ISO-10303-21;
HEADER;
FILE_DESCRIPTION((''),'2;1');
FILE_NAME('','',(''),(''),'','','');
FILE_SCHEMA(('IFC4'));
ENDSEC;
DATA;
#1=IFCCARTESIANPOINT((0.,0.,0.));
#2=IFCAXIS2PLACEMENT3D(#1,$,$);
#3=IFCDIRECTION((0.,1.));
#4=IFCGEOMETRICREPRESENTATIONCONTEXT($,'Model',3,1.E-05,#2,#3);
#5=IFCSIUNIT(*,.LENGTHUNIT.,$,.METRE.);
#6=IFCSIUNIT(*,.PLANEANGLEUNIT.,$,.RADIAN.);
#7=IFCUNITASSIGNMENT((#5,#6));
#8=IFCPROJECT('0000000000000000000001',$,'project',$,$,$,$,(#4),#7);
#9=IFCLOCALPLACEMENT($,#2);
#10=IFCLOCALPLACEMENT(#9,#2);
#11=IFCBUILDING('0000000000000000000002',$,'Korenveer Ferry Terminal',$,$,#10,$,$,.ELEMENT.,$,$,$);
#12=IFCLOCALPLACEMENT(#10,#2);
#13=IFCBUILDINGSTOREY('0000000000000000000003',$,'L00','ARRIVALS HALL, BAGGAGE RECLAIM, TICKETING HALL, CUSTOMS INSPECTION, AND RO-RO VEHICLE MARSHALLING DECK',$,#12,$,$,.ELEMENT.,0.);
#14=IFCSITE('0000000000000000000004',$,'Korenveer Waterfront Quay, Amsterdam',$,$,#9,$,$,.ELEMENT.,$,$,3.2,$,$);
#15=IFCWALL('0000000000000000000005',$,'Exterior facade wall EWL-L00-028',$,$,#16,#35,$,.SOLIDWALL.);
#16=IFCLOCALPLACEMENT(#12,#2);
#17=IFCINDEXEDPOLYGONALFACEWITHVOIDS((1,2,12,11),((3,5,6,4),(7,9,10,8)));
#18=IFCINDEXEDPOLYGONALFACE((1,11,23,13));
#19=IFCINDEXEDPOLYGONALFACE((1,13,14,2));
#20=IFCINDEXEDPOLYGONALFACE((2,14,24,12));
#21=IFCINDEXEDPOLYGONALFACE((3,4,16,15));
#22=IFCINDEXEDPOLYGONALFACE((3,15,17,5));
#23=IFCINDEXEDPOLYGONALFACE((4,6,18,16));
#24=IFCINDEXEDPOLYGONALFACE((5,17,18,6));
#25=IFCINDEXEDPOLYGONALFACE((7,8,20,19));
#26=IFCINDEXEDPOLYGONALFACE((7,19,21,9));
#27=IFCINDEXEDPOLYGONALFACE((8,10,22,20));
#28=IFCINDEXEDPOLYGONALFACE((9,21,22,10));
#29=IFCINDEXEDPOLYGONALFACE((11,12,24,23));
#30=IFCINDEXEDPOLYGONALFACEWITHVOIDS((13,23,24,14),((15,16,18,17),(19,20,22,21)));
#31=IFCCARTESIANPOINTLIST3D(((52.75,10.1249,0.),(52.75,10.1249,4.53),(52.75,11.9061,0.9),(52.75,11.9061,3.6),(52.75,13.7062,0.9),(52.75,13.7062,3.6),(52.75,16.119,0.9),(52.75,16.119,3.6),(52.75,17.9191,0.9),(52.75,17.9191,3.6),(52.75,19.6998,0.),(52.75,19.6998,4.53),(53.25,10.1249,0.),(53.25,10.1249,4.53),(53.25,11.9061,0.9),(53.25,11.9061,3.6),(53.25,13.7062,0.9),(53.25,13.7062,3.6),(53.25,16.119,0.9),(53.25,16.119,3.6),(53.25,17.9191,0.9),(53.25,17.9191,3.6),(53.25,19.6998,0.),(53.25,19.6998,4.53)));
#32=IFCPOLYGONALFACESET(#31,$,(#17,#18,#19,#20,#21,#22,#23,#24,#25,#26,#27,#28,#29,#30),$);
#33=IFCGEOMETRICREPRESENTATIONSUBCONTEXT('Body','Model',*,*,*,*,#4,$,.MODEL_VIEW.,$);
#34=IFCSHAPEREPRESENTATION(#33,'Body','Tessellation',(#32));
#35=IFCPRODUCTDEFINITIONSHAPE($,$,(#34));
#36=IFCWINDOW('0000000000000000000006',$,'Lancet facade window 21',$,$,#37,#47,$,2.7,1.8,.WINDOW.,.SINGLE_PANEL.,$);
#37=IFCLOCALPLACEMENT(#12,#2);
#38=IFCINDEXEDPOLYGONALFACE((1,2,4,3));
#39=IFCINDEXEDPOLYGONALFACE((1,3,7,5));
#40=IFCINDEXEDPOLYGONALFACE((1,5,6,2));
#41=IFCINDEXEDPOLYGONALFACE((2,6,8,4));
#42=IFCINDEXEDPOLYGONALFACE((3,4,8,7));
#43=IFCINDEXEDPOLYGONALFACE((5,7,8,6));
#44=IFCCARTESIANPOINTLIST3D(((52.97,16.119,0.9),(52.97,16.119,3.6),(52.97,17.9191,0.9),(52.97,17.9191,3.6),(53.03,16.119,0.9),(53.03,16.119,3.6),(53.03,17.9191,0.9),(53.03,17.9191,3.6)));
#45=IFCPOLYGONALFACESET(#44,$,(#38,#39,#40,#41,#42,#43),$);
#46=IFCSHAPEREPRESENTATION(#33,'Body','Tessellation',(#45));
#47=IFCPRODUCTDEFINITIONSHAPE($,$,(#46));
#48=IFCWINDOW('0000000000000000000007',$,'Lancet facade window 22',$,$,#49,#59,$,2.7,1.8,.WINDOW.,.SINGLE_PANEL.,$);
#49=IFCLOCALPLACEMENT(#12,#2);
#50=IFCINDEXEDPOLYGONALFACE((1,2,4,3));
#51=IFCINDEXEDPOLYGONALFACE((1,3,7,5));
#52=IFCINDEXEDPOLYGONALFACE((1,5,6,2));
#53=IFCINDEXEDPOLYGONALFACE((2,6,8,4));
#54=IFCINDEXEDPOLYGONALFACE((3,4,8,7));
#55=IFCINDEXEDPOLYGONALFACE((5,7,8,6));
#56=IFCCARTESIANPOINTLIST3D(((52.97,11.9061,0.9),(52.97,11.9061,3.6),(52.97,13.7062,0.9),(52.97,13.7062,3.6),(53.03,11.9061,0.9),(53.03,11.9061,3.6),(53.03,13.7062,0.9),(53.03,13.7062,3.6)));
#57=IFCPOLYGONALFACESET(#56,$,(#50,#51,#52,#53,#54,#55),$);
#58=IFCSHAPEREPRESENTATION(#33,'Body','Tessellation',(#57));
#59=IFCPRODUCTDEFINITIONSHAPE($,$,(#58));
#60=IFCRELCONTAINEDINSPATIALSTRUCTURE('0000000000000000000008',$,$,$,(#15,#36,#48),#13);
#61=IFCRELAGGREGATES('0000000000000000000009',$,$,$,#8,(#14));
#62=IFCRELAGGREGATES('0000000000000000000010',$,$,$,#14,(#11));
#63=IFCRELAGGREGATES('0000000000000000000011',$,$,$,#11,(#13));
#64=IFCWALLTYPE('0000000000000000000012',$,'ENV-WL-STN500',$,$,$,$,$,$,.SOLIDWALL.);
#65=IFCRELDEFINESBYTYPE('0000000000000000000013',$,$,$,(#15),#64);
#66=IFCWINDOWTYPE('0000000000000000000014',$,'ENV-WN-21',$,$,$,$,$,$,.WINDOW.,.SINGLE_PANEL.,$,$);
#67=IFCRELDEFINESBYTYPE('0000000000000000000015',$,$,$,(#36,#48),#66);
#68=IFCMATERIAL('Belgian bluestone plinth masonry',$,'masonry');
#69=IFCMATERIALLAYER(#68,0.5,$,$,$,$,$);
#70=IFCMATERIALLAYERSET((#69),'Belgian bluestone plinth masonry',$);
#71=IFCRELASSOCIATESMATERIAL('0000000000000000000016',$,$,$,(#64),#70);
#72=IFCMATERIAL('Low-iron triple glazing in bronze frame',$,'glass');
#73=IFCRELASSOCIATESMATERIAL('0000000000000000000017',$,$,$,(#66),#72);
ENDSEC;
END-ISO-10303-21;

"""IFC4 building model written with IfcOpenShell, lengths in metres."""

from ifc_helpers import new_model, si_unit, direction, frame, frame_2d, origin, place, context, subcontext, project, spatial, rectangle, extrude, material, layer, layer_set, type_object, element, fill, save


model = new_model("IFC4")

# Units and contexts
model_context = context("Model", 3, precision=1e-05, world=origin(), true_north=direction((0.0, 1.0)))
body_context = subcontext(model_context, "Body", "Model", "MODEL_VIEW")
ifc_project = project(units=[si_unit("LENGTHUNIT", "METRE"), si_unit("PLANEANGLEUNIT", "RADIAN")], contexts=[model_context])

# Site, building, storey
site_placement = place(None, origin())
site = spatial("IfcSite", under=ifc_project, at=site_placement, Name="Korenveer Waterfront Quay, Amsterdam", CompositionType="ELEMENT", RefElevation=3.2)
building_placement = place(site_placement, origin())
building = spatial("IfcBuilding", under=site, at=building_placement, Name="Korenveer Ferry Terminal", CompositionType="ELEMENT")
storey_placement = place(building_placement, origin())
storey = spatial("IfcBuildingStorey", under=building, at=storey_placement, Name="L00", Description="ARRIVALS HALL, BAGGAGE RECLAIM, TICKETING HALL, CUSTOMS INSPECTION, AND RO-RO VEHICLE MARSHALLING DECK", CompositionType="ELEMENT", Elevation=0.0)

# Wall, openings, windows
ifc_material_1 = material(Name="Belgian bluestone plinth masonry", Category="masonry")
ifc_layer_1 = layer(ifc_material_1, 0.5)
ifc_layer_set_1 = layer_set([ifc_layer_1], Name="Belgian bluestone plinth masonry")
wall_type = type_object("IfcWallType", Name="ENV-WL-STN500", PredefinedType="SOLIDWALL", material=ifc_layer_set_1)
wall_placement = place(storey_placement, frame((53.0, 19.7, 0.0), z_axis=(0.0, 0.0, 1.0), x_axis=(0.0, -1.0, 0.0)))
wall = element("IfcWall", 1, at=wall_placement, inside=storey, type_object=wall_type, Name="Exterior facade wall EWL-L00-028", PredefinedType="SOLIDWALL", context=body_context, shape_type="SweptSolid", body=[
    extrude(rectangle(XDim=9.575, YDim=0.5, at=frame_2d((4.7876, 0.0))), origin(), (0.0, 0.0, 1.0), 4.53),
])
opening_1_placement = place(wall_placement, frame((1.781, 0.0, 0.8999)))
opening_1 = element("IfcOpeningElement", 2, at=opening_1_placement, cuts=wall, PredefinedType="OPENING", context=body_context, shape_type="SweptSolid", body=[
    extrude(rectangle(XDim=1.8, YDim=2.7, at=frame_2d((0.8999, 1.3501))), frame((0.0, 0.26, 0.0), z_axis=(0.0, -1.0, 0.0), x_axis=(1.0, 0.0, 0.0)), (0.0, 0.0, 1.0), 0.52),
])
opening_2_placement = place(wall_placement, frame((5.9939, 0.0, 0.8999)))
opening_2 = element("IfcOpeningElement", 3, at=opening_2_placement, cuts=wall, PredefinedType="OPENING", context=body_context, shape_type="SweptSolid", body=[
    extrude(rectangle(XDim=1.8, YDim=2.7, at=frame_2d((0.8999, 1.3501))), frame((0.0, 0.26, 0.0), z_axis=(0.0, -1.0, 0.0), x_axis=(1.0, 0.0, 0.0)), (0.0, 0.0, 1.0), 0.52),
])
ifc_material_2 = material(Name="Low-iron triple glazing in bronze frame", Category="glass")
window_type = type_object("IfcWindowType", Name="ENV-WN-21", PartitioningType="SINGLE_PANEL", PredefinedType="WINDOW", material=ifc_material_2)
window_1_placement = place(opening_1_placement, origin())
window_1 = element("IfcWindow", 4, at=window_1_placement, inside=storey, type_object=window_type, Name="Lancet facade window 21", OverallHeight=2.7, OverallWidth=1.8, PartitioningType="SINGLE_PANEL", PredefinedType="WINDOW", context=body_context, shape_type="SweptSolid", body=[
    extrude(rectangle(XDim=1.8, YDim=2.7, at=frame_2d((0.8999, 1.3501))), frame((0.0, 0.03, 0.0), z_axis=(0.0, -1.0, 0.0), x_axis=(1.0, 0.0, 0.0)), (0.0, 0.0, 1.0), 0.0601),
])
fill(opening_1, window_1)
window_2_placement = place(opening_2_placement, origin())
window_2 = element("IfcWindow", 5, at=window_2_placement, inside=storey, type_object=window_type, Name="Lancet facade window 22", OverallHeight=2.7, OverallWidth=1.8, PartitioningType="SINGLE_PANEL", PredefinedType="WINDOW", context=body_context, shape_type="SweptSolid", body=[
    extrude(rectangle(XDim=1.8, YDim=2.7, at=frame_2d((0.8999, 1.3501))), frame((0.0, 0.03, 0.0), z_axis=(0.0, -1.0, 0.0), x_axis=(1.0, 0.0, 0.0)), (0.0, 0.0, 1.0), 0.0601),
])
fill(opening_2, window_2)

save(model, "model.ifc")
